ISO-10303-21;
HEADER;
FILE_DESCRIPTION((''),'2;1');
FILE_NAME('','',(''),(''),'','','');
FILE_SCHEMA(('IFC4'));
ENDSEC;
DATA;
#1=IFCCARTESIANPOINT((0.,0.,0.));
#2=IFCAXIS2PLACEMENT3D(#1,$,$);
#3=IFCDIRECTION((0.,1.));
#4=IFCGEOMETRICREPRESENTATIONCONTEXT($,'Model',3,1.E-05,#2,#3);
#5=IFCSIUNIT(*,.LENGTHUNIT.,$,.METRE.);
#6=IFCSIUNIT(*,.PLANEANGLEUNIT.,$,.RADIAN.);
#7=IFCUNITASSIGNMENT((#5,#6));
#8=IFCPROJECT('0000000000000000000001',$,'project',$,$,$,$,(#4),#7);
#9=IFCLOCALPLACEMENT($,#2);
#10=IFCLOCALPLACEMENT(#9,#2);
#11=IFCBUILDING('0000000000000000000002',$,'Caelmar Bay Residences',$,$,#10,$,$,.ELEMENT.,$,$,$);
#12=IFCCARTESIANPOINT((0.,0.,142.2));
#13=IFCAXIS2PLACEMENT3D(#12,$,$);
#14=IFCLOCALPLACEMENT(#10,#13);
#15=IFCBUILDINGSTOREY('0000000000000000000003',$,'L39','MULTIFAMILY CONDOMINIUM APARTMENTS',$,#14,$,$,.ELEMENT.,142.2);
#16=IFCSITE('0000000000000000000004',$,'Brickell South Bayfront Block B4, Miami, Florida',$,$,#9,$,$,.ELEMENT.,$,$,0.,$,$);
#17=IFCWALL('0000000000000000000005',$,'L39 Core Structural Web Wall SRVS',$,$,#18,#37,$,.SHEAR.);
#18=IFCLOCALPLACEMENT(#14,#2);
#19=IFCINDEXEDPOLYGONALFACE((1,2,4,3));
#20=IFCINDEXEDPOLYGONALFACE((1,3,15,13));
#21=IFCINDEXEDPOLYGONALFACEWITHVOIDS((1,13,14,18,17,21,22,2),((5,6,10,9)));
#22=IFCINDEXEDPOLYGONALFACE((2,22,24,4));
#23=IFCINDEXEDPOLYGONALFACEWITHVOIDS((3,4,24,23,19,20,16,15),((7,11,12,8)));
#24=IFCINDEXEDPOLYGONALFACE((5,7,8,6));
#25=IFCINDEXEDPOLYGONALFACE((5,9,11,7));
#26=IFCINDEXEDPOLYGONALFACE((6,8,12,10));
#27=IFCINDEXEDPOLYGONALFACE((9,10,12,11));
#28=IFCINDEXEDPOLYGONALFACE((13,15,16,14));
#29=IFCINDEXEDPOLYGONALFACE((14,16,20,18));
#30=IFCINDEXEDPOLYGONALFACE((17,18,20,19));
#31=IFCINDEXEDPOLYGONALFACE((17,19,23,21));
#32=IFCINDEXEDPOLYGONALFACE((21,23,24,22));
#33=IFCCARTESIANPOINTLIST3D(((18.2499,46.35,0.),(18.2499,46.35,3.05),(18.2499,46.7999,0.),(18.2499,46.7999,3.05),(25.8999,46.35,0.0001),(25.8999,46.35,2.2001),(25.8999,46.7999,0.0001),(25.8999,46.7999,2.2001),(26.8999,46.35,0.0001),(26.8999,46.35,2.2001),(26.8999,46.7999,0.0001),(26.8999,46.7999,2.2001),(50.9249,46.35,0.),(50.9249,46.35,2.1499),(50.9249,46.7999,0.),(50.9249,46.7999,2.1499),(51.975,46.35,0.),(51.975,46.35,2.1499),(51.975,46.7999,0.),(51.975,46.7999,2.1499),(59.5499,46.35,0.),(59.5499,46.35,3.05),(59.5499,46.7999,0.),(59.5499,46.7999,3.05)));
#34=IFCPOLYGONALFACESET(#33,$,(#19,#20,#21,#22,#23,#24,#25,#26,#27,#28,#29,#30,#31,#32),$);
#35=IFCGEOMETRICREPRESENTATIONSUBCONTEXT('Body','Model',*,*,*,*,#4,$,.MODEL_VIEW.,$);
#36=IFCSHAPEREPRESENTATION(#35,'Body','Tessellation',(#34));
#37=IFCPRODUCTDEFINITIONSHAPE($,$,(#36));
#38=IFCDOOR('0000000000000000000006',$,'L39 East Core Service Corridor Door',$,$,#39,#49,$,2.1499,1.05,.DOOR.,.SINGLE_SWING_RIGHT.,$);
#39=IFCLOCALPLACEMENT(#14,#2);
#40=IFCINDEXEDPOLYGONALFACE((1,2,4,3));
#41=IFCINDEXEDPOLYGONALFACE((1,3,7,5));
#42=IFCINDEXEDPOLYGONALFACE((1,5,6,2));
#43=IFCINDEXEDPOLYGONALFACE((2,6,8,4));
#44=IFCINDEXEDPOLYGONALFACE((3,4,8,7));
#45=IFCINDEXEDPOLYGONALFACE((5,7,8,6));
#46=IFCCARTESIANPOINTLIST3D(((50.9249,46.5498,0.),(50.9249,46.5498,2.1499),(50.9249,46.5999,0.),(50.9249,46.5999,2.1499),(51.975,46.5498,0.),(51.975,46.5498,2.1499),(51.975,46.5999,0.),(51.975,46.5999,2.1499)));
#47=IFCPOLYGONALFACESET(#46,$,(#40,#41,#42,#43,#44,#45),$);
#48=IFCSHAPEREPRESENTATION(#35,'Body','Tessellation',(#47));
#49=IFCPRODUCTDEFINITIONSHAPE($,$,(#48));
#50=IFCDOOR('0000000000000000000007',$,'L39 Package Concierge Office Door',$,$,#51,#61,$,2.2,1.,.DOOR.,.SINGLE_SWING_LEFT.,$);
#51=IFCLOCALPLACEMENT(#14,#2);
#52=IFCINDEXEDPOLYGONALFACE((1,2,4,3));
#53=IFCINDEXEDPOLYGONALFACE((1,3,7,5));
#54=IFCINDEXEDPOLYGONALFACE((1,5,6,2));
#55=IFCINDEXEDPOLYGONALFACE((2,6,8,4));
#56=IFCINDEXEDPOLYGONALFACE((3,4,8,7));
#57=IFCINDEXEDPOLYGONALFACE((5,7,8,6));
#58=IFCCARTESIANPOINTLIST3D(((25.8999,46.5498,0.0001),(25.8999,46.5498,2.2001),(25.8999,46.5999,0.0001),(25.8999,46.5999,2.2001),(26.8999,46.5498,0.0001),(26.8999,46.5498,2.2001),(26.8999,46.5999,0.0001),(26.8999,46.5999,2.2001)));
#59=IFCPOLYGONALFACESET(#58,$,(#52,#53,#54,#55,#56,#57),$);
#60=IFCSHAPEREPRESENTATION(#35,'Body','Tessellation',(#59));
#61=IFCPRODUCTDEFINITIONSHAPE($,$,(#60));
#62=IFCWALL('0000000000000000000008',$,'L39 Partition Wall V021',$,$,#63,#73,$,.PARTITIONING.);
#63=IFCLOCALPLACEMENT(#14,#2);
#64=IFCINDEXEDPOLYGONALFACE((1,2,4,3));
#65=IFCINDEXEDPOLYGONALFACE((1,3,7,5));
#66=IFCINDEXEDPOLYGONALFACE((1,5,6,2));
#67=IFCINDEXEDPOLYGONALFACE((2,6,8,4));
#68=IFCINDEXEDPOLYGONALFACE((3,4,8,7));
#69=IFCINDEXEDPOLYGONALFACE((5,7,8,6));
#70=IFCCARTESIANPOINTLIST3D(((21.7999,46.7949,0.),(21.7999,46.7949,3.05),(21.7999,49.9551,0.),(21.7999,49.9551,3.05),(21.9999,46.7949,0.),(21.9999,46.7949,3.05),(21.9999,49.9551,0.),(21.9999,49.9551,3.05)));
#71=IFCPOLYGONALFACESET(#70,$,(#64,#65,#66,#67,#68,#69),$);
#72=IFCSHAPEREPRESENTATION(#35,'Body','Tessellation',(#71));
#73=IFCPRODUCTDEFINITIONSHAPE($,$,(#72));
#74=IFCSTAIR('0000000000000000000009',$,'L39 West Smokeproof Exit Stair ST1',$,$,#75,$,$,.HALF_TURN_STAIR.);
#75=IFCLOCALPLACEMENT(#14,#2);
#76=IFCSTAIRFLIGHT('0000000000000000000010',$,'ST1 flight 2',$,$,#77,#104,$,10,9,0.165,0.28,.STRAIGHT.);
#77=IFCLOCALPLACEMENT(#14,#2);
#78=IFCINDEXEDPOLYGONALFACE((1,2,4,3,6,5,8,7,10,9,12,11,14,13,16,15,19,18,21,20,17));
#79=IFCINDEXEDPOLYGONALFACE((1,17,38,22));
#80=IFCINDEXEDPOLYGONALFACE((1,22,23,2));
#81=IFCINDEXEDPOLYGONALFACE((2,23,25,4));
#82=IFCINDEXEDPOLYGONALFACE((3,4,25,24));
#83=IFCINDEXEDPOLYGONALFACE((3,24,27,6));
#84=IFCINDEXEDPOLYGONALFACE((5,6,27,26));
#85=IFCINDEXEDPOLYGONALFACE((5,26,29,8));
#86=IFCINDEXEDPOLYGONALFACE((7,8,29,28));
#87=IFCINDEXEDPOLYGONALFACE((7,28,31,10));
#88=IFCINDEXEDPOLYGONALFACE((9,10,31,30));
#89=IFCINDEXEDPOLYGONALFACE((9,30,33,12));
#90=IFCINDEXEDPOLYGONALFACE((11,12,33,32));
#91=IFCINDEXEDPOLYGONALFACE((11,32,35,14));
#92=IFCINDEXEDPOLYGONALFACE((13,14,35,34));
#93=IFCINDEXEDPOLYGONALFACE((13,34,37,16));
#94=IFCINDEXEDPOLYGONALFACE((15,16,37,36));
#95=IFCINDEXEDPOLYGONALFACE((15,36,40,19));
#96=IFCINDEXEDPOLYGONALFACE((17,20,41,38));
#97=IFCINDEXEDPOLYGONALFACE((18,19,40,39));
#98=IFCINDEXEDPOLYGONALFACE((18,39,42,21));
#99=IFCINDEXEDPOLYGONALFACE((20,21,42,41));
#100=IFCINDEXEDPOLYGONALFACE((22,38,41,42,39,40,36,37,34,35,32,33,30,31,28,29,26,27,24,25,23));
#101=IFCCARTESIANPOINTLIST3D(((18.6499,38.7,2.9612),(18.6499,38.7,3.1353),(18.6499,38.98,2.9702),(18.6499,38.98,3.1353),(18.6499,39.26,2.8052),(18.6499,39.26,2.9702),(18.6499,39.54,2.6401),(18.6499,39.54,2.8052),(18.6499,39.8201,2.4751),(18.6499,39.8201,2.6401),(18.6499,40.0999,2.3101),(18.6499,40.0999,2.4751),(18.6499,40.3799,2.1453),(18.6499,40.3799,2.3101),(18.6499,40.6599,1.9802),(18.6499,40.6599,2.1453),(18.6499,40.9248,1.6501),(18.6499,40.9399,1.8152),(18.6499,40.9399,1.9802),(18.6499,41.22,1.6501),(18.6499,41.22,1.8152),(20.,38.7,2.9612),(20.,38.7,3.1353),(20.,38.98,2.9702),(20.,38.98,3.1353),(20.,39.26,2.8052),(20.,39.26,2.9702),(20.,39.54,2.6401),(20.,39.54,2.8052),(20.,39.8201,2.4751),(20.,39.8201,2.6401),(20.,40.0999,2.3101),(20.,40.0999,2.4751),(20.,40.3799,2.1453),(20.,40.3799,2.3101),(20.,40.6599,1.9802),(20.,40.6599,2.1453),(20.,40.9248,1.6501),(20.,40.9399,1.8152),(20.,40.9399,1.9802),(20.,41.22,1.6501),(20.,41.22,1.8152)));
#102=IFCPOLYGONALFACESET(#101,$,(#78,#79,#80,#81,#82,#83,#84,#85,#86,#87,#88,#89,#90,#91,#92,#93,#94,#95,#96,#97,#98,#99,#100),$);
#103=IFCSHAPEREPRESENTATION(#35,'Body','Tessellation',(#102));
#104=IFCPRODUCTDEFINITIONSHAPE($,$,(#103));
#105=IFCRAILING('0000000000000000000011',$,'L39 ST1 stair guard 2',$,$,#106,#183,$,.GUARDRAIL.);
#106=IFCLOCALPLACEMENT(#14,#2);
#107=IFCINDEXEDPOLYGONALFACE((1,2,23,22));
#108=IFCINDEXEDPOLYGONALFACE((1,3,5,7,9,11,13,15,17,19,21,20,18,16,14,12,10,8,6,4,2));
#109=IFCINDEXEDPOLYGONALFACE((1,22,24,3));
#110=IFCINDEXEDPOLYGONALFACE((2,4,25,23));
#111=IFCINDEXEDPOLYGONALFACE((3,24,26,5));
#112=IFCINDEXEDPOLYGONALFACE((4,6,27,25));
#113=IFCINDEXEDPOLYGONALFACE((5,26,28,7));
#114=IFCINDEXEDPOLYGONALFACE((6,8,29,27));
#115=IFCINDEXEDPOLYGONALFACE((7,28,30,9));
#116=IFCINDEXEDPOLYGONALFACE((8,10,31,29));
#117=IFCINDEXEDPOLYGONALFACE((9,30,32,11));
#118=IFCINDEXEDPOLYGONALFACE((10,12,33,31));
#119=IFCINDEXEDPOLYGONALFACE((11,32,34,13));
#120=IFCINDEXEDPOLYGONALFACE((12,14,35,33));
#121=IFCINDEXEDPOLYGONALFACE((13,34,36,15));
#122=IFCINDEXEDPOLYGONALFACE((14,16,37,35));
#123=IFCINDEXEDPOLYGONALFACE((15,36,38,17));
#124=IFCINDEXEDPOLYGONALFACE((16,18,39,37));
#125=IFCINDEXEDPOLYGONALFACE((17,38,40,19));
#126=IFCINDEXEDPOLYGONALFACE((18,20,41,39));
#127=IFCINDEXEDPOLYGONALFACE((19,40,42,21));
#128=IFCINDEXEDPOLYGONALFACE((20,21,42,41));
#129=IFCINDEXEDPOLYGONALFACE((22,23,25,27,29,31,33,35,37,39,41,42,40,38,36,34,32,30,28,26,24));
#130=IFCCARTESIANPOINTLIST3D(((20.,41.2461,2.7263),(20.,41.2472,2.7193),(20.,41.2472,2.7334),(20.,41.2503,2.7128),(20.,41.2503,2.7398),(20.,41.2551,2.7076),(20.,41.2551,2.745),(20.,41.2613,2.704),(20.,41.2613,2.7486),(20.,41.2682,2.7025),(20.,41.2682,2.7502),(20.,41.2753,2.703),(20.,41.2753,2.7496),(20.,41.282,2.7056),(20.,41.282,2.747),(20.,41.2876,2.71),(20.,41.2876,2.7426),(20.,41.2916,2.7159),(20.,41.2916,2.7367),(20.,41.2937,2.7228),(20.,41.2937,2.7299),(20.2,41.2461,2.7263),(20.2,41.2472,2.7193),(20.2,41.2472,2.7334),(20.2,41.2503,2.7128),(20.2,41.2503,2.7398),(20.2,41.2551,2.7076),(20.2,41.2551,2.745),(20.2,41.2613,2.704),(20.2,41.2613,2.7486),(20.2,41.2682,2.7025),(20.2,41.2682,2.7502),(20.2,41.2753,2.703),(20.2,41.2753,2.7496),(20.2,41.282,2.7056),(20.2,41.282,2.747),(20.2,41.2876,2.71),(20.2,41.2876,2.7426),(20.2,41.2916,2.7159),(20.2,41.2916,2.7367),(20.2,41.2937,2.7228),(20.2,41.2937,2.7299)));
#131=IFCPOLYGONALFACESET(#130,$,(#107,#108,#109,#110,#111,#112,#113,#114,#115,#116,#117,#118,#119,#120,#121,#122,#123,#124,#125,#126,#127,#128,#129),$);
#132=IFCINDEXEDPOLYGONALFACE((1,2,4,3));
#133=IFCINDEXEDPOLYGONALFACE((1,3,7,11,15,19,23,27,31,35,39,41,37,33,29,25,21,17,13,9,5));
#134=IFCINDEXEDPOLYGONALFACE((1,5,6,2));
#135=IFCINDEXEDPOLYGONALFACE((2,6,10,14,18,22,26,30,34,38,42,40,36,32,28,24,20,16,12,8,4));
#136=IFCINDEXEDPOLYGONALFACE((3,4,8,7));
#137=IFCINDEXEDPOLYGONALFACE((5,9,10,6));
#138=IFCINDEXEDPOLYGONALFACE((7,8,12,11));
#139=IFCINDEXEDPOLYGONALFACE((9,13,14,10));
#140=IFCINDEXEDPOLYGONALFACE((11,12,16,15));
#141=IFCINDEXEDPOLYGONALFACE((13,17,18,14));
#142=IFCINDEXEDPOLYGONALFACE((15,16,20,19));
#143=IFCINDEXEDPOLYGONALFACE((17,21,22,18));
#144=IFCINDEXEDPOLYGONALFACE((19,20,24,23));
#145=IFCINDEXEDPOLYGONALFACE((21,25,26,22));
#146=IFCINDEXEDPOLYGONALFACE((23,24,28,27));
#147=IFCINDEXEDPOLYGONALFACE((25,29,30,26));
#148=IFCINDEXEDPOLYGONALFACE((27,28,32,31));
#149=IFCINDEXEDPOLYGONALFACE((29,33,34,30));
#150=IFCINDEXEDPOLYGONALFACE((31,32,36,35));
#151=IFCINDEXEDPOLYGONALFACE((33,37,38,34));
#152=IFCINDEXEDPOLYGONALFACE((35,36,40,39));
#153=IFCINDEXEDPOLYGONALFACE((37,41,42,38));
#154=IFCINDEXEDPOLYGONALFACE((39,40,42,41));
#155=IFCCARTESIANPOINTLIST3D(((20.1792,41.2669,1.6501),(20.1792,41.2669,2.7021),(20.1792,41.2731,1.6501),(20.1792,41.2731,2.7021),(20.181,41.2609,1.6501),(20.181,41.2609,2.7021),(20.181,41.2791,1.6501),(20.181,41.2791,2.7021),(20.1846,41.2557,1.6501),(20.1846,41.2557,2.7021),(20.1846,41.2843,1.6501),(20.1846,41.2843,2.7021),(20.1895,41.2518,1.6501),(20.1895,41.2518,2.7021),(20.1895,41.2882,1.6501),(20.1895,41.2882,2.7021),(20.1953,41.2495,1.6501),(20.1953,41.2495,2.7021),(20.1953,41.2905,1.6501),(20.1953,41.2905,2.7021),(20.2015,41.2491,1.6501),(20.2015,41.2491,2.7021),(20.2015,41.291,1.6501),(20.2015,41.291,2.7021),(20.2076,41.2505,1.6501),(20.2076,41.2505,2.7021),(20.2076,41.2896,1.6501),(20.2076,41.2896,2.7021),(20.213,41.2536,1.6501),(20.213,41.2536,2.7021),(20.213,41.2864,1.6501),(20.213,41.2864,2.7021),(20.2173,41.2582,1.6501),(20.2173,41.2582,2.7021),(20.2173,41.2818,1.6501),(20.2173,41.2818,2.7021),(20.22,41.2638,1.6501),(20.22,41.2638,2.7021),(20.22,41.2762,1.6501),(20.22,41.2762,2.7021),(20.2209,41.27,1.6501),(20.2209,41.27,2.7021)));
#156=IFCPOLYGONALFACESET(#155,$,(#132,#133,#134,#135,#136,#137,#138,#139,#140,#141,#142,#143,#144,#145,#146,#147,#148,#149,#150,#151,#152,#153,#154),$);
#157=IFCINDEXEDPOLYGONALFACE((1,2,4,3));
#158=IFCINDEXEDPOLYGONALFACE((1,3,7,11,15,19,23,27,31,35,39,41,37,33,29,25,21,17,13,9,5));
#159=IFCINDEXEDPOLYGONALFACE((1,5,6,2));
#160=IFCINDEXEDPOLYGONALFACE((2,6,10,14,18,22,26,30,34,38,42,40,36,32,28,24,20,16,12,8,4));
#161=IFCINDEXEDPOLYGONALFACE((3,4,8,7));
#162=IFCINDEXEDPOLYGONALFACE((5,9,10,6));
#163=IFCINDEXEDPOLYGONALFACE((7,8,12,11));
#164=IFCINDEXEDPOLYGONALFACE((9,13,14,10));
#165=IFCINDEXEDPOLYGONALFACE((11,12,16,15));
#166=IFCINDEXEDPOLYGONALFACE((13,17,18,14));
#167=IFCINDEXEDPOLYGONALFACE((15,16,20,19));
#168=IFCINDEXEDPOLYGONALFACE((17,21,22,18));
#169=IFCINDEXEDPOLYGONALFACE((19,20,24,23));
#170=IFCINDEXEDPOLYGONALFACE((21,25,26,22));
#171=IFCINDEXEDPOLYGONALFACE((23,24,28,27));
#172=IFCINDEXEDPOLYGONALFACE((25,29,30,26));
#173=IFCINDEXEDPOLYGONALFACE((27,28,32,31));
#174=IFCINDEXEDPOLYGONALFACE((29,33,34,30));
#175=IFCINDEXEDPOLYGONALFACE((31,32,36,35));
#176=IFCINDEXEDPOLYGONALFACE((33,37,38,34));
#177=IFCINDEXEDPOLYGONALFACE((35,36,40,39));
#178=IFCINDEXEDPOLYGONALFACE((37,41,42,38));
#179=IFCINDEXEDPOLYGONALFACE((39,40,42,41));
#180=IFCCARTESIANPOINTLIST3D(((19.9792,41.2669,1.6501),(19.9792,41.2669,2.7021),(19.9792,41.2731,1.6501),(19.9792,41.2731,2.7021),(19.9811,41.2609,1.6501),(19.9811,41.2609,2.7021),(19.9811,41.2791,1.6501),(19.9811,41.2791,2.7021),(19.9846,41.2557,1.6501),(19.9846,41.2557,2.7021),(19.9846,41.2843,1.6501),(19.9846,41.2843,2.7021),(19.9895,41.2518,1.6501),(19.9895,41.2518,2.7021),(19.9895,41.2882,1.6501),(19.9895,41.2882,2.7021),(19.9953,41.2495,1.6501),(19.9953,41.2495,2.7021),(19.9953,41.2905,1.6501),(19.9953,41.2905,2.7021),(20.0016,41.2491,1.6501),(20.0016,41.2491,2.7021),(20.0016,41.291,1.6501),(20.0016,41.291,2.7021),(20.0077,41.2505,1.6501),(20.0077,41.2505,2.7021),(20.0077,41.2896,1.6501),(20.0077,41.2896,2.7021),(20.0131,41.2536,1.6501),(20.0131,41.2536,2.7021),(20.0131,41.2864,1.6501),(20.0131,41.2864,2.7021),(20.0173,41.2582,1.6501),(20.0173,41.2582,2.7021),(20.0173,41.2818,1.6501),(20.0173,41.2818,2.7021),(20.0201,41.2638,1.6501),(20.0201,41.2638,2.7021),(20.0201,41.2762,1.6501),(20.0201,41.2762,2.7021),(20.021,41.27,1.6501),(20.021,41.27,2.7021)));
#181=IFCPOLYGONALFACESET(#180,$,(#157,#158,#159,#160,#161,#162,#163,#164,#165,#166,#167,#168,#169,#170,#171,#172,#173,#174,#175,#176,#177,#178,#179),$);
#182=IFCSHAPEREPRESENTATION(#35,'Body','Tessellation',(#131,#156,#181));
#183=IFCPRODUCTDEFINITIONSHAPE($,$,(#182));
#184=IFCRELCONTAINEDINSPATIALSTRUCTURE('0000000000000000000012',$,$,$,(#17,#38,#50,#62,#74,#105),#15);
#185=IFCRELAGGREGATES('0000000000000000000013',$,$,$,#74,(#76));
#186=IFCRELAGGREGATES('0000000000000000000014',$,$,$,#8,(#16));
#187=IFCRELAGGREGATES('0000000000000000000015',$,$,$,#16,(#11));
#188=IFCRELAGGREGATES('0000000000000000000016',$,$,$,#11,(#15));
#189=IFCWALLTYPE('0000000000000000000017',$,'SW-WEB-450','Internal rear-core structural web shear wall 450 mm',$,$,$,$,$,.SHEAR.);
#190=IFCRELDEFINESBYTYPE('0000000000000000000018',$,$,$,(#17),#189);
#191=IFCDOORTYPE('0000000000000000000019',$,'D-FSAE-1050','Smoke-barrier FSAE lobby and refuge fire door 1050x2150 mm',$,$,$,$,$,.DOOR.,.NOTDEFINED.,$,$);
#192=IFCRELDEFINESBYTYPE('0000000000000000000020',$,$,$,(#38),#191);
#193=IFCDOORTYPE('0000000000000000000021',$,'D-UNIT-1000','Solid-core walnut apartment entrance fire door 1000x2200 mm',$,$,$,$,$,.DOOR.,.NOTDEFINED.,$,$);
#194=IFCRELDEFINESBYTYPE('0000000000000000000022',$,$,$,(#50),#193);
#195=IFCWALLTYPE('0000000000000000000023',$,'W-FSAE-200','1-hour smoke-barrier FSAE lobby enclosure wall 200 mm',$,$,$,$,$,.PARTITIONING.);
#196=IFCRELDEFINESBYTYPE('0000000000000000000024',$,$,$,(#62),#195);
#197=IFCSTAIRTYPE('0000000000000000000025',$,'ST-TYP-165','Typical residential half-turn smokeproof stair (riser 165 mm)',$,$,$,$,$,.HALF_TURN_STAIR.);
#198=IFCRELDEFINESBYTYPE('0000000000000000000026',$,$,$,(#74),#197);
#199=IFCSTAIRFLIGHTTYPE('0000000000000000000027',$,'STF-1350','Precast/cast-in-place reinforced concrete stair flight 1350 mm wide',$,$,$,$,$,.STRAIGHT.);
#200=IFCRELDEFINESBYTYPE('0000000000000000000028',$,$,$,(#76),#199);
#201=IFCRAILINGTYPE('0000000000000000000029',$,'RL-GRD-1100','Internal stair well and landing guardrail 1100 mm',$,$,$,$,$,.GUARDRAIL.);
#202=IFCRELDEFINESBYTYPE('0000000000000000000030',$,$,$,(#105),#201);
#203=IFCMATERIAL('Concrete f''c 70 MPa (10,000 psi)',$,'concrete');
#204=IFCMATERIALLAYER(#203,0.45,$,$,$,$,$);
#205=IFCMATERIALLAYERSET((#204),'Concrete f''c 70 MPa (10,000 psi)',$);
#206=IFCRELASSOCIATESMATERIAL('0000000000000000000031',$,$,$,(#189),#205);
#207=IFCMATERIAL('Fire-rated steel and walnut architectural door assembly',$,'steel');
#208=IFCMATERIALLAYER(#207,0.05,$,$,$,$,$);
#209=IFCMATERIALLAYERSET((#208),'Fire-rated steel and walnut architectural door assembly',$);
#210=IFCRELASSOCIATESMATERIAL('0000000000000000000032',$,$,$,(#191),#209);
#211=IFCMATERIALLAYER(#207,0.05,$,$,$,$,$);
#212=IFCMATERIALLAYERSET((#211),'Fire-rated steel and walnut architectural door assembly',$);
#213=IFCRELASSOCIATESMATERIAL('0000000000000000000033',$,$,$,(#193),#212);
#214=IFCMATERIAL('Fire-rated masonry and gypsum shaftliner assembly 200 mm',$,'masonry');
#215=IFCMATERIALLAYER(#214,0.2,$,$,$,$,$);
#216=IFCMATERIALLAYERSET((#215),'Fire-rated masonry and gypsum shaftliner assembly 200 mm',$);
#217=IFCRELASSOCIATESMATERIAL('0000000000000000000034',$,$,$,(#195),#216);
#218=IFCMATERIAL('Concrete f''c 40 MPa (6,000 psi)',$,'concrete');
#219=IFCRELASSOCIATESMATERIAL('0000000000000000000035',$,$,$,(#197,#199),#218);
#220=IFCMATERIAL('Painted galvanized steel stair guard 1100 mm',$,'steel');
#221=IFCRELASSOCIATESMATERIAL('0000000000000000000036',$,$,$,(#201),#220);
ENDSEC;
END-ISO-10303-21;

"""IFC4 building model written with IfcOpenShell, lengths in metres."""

from ifc_helpers import new_model, si_unit, direction, frame, frame_2d, origin, origin_2d, place, context, subcontext, project, spatial, polyline, rectangle, circle, outline, extrude, material, layer, layer_set, type_object, element, fill, aggregate, save


model = new_model("IFC4")

# Units and contexts
model_context = context("Model", 3, precision=1e-05, world=origin(), true_north=direction((0.0, 1.0)))
body_context = subcontext(model_context, "Body", "Model", "MODEL_VIEW")
ifc_project = project(units=[si_unit("LENGTHUNIT", "METRE"), si_unit("PLANEANGLEUNIT", "RADIAN")], contexts=[model_context])

# Site, building, storey
site_placement = place(None, origin())
site = spatial("IfcSite", under=ifc_project, at=site_placement, Name="Brickell South Bayfront Block B4, Miami, Florida", CompositionType="ELEMENT", RefElevation=0.0)
building_placement = place(site_placement, origin())
building = spatial("IfcBuilding", under=site, at=building_placement, Name="Caelmar Bay Residences", CompositionType="ELEMENT")
storey_placement = place(building_placement, frame((0.0, 0.0, 142.2)))
storey = spatial("IfcBuildingStorey", under=building, at=storey_placement, Name="L39", Description="MULTIFAMILY CONDOMINIUM APARTMENTS", CompositionType="ELEMENT", Elevation=142.2)

# Wall, openings, doors
ifc_material_1 = material(Name="Concrete f'c 70 MPa (10,000 psi)", Category="concrete")
ifc_layer_1 = layer(ifc_material_1, 0.45)
ifc_layer_set_1 = layer_set([ifc_layer_1], Name="Concrete f'c 70 MPa (10,000 psi)")
wall_type_1 = type_object("IfcWallType", Name="SW-WEB-450", Description="Internal rear-core structural web shear wall 450 mm", PredefinedType="SHEAR", material=ifc_layer_set_1)
ifc_material_2 = material(Name="Fire-rated steel and walnut architectural door assembly", Category="steel")
ifc_layer_2 = layer(ifc_material_2, 0.05)
ifc_layer_set_2 = layer_set([ifc_layer_2], Name="Fire-rated steel and walnut architectural door assembly")
door_type_1 = type_object("IfcDoorType", Name="D-FSAE-1050", Description="Smoke-barrier FSAE lobby and refuge fire door 1050x2150 mm", OperationType="NOTDEFINED", PredefinedType="DOOR", material=ifc_layer_set_2)
ifc_layer_3 = layer(ifc_material_2, 0.05)
ifc_layer_set_3 = layer_set([ifc_layer_3], Name="Fire-rated steel and walnut architectural door assembly")
door_type_2 = type_object("IfcDoorType", Name="D-UNIT-1000", Description="Solid-core walnut apartment entrance fire door 1000x2200 mm", OperationType="NOTDEFINED", PredefinedType="DOOR", material=ifc_layer_set_3)
wall_1_placement = place(storey_placement, frame((18.25, 46.575, 0.0), z_axis=(0.0, 0.0, 1.0), x_axis=(1.0, 0.0, 0.0)))
wall_1 = element("IfcWall", 1, at=wall_1_placement, inside=storey, type_object=wall_type_1, Name="L39 Core Structural Web Wall SRVS", PredefinedType="SHEAR", context=body_context, shape_type="SweptSolid", body=[
    extrude(rectangle(XDim=41.3, YDim=0.45, at=frame_2d((20.6499, 0.0))), origin(), (0.0, 0.0, 1.0), 3.05),
])
opening_1_placement = place(wall_1_placement, frame((7.6499, 0.0, 0.0)))
opening_1 = element("IfcOpeningElement", 2, at=opening_1_placement, cuts=wall_1, PredefinedType="OPENING", context=body_context, shape_type="SweptSolid", body=[
    extrude(rectangle(XDim=1.0, YDim=2.2, at=frame_2d((0.5, 1.1001))), frame((0.0, 0.2349, 0.0), z_axis=(0.0, -1.0, 0.0), x_axis=(1.0, 0.0, 0.0)), (0.0, 0.0, 1.0), 0.47),
])
opening_2_placement = place(wall_1_placement, frame((32.675, 0.0, 0.0)))
opening_2 = element("IfcOpeningElement", 3, at=opening_2_placement, cuts=wall_1, PredefinedType="OPENING", context=body_context, shape_type="SweptSolid", body=[
    extrude(rectangle(XDim=1.05, YDim=2.1499, at=frame_2d((0.5249, 1.075))), frame((0.0, 0.2349, 0.0), z_axis=(0.0, -1.0, 0.0), x_axis=(1.0, 0.0, 0.0)), (0.0, 0.0, 1.0), 0.47),
])
door_1_placement = place(opening_2_placement, origin())
door_1 = element("IfcDoor", 4, at=door_1_placement, inside=storey, type_object=door_type_1, Name="L39 East Core Service Corridor Door", OperationType="SINGLE_SWING_RIGHT", OverallHeight=2.1499, OverallWidth=1.05, PredefinedType="DOOR", context=body_context, shape_type="SweptSolid", body=[
    extrude(rectangle(XDim=1.05, YDim=2.1499, at=frame_2d((0.5249, 1.075))), frame((0.0, 0.0249, 0.0), z_axis=(0.0, -1.0, 0.0), x_axis=(1.0, 0.0, 0.0)), (0.0, 0.0, 1.0), 0.05),
])
fill(opening_2, door_1)
door_2_placement = place(opening_1_placement, origin())
door_2 = element("IfcDoor", 5, at=door_2_placement, inside=storey, type_object=door_type_2, Name="L39 Package Concierge Office Door", OperationType="SINGLE_SWING_LEFT", OverallHeight=2.2, OverallWidth=1.0, PredefinedType="DOOR", context=body_context, shape_type="SweptSolid", body=[
    extrude(rectangle(XDim=1.0, YDim=2.2, at=frame_2d((0.5, 1.1001))), frame((0.0, 0.0249, 0.0), z_axis=(0.0, -1.0, 0.0), x_axis=(1.0, 0.0, 0.0)), (0.0, 0.0, 1.0), 0.05),
])
fill(opening_1, door_2)

# Wall
ifc_material_3 = material(Name="Fire-rated masonry and gypsum shaftliner assembly 200 mm", Category="masonry")
ifc_layer_4 = layer(ifc_material_3, 0.2)
ifc_layer_set_4 = layer_set([ifc_layer_4], Name="Fire-rated masonry and gypsum shaftliner assembly 200 mm")
wall_type_2 = type_object("IfcWallType", Name="W-FSAE-200", Description="1-hour smoke-barrier FSAE lobby enclosure wall 200 mm", PredefinedType="PARTITIONING", material=ifc_layer_set_4)
wall_2_placement = place(storey_placement, frame((21.8999, 46.7949, 0.0), z_axis=(0.0, 0.0, 1.0), x_axis=(0.0, 1.0, 0.0)))
element("IfcWall", 6, at=wall_2_placement, inside=storey, type_object=wall_type_2, Name="L39 Partition Wall V021", PredefinedType="PARTITIONING", context=body_context, shape_type="SweptSolid", body=[
    extrude(rectangle(XDim=3.1602, YDim=0.2, at=frame_2d((1.5801, 0.0))), origin(), (0.0, 0.0, 1.0), 3.05),
])

# Stair, stair flight
ifc_material_4 = material(Name="Concrete f'c 40 MPa (6,000 psi)", Category="concrete")
stair_type = type_object("IfcStairType", Name="ST-TYP-165", Description="Typical residential half-turn smokeproof stair (riser 165 mm)", PredefinedType="HALF_TURN_STAIR", material=ifc_material_4)
stair_placement = place(storey_placement, origin())
stair = element("IfcStair", 7, at=stair_placement, inside=storey, type_object=stair_type, Name="L39 West Smokeproof Exit Stair ST1", PredefinedType="HALF_TURN_STAIR")
stair_flight_type = type_object("IfcStairFlightType", Name="STF-1350", Description="Precast/cast-in-place reinforced concrete stair flight 1350 mm wide", PredefinedType="STRAIGHT", material=ifc_material_4)
stair_flight_placement = place(storey_placement, frame((19.325, 41.22, 1.6501), z_axis=(0.0, 0.0, 1.0), x_axis=(0.0, -1.0, 0.0)))
stair_flight = element("IfcStairFlight", 8, at=stair_flight_placement, type_object=stair_flight_type, Name="ST1 flight 2", NumberOfRisers=10, NumberOfTreads=9, PredefinedType="STRAIGHT", RiserHeight=0.165, TreadLength=0.28, context=body_context, shape_type="SweptSolid", body=[
    extrude(outline(polyline([(0.0, 0.0), (0.0, 0.165), (0.28, 0.165), (0.28, 0.3301), (0.5601, 0.3301), (0.5601, 0.4951), (0.8401, 0.4951), (0.8401, 0.6599), (1.1201, 0.6599), (1.1201, 0.825), (1.3999, 0.825), (1.3999, 0.99), (1.6799, 0.99), (1.6799, 1.155), (1.96, 1.155), (1.96, 1.3201), (2.24, 1.3201), (2.24, 1.4851), (2.52, 1.4851), (2.52, 1.6499), (2.52, 1.311), (0.2952, 0.0), (0.0, 0.0)])), frame((0.0, 0.675, 0.0), z_axis=(0.0, -1.0, 0.0), x_axis=(1.0, 0.0, 0.0)), (0.0, 0.0, 1.0), 1.3501),
])
aggregate(stair, [stair_flight])

# Railing
ifc_material_5 = material(Name="Painted galvanized steel stair guard 1100 mm", Category="steel")
railing_type = type_object("IfcRailingType", Name="RL-GRD-1100", Description="Internal stair well and landing guardrail 1100 mm", PredefinedType="GUARDRAIL", material=ifc_material_5)
railing_1_placement = place(storey_placement, frame((20.2, 41.27, 1.6501)))
element("IfcRailing", 9, at=railing_1_placement, inside=storey, type_object=railing_type, Name="L39 ST1 stair guard 2", PredefinedType="GUARDRAIL", context=body_context, shape_type="SweptSolid", body=[
    extrude(circle(Radius=0.0239, at=origin_2d()), frame((0.0, 0.0, 1.0762), z_axis=(-1.0, 0.0, 0.0), x_axis=(0.0, -1.0, 0.0)), (0.0, 0.0, 1.0), 0.2),
    extrude(circle(Radius=0.021, at=origin_2d()), origin(), (0.0, 0.0, 1.0), 1.052),
    extrude(circle(Radius=0.021, at=origin_2d()), frame((-0.2, 0.0, 0.0)), (0.0, 0.0, 1.0), 1.052),
])

save(model, "model.ifc")
